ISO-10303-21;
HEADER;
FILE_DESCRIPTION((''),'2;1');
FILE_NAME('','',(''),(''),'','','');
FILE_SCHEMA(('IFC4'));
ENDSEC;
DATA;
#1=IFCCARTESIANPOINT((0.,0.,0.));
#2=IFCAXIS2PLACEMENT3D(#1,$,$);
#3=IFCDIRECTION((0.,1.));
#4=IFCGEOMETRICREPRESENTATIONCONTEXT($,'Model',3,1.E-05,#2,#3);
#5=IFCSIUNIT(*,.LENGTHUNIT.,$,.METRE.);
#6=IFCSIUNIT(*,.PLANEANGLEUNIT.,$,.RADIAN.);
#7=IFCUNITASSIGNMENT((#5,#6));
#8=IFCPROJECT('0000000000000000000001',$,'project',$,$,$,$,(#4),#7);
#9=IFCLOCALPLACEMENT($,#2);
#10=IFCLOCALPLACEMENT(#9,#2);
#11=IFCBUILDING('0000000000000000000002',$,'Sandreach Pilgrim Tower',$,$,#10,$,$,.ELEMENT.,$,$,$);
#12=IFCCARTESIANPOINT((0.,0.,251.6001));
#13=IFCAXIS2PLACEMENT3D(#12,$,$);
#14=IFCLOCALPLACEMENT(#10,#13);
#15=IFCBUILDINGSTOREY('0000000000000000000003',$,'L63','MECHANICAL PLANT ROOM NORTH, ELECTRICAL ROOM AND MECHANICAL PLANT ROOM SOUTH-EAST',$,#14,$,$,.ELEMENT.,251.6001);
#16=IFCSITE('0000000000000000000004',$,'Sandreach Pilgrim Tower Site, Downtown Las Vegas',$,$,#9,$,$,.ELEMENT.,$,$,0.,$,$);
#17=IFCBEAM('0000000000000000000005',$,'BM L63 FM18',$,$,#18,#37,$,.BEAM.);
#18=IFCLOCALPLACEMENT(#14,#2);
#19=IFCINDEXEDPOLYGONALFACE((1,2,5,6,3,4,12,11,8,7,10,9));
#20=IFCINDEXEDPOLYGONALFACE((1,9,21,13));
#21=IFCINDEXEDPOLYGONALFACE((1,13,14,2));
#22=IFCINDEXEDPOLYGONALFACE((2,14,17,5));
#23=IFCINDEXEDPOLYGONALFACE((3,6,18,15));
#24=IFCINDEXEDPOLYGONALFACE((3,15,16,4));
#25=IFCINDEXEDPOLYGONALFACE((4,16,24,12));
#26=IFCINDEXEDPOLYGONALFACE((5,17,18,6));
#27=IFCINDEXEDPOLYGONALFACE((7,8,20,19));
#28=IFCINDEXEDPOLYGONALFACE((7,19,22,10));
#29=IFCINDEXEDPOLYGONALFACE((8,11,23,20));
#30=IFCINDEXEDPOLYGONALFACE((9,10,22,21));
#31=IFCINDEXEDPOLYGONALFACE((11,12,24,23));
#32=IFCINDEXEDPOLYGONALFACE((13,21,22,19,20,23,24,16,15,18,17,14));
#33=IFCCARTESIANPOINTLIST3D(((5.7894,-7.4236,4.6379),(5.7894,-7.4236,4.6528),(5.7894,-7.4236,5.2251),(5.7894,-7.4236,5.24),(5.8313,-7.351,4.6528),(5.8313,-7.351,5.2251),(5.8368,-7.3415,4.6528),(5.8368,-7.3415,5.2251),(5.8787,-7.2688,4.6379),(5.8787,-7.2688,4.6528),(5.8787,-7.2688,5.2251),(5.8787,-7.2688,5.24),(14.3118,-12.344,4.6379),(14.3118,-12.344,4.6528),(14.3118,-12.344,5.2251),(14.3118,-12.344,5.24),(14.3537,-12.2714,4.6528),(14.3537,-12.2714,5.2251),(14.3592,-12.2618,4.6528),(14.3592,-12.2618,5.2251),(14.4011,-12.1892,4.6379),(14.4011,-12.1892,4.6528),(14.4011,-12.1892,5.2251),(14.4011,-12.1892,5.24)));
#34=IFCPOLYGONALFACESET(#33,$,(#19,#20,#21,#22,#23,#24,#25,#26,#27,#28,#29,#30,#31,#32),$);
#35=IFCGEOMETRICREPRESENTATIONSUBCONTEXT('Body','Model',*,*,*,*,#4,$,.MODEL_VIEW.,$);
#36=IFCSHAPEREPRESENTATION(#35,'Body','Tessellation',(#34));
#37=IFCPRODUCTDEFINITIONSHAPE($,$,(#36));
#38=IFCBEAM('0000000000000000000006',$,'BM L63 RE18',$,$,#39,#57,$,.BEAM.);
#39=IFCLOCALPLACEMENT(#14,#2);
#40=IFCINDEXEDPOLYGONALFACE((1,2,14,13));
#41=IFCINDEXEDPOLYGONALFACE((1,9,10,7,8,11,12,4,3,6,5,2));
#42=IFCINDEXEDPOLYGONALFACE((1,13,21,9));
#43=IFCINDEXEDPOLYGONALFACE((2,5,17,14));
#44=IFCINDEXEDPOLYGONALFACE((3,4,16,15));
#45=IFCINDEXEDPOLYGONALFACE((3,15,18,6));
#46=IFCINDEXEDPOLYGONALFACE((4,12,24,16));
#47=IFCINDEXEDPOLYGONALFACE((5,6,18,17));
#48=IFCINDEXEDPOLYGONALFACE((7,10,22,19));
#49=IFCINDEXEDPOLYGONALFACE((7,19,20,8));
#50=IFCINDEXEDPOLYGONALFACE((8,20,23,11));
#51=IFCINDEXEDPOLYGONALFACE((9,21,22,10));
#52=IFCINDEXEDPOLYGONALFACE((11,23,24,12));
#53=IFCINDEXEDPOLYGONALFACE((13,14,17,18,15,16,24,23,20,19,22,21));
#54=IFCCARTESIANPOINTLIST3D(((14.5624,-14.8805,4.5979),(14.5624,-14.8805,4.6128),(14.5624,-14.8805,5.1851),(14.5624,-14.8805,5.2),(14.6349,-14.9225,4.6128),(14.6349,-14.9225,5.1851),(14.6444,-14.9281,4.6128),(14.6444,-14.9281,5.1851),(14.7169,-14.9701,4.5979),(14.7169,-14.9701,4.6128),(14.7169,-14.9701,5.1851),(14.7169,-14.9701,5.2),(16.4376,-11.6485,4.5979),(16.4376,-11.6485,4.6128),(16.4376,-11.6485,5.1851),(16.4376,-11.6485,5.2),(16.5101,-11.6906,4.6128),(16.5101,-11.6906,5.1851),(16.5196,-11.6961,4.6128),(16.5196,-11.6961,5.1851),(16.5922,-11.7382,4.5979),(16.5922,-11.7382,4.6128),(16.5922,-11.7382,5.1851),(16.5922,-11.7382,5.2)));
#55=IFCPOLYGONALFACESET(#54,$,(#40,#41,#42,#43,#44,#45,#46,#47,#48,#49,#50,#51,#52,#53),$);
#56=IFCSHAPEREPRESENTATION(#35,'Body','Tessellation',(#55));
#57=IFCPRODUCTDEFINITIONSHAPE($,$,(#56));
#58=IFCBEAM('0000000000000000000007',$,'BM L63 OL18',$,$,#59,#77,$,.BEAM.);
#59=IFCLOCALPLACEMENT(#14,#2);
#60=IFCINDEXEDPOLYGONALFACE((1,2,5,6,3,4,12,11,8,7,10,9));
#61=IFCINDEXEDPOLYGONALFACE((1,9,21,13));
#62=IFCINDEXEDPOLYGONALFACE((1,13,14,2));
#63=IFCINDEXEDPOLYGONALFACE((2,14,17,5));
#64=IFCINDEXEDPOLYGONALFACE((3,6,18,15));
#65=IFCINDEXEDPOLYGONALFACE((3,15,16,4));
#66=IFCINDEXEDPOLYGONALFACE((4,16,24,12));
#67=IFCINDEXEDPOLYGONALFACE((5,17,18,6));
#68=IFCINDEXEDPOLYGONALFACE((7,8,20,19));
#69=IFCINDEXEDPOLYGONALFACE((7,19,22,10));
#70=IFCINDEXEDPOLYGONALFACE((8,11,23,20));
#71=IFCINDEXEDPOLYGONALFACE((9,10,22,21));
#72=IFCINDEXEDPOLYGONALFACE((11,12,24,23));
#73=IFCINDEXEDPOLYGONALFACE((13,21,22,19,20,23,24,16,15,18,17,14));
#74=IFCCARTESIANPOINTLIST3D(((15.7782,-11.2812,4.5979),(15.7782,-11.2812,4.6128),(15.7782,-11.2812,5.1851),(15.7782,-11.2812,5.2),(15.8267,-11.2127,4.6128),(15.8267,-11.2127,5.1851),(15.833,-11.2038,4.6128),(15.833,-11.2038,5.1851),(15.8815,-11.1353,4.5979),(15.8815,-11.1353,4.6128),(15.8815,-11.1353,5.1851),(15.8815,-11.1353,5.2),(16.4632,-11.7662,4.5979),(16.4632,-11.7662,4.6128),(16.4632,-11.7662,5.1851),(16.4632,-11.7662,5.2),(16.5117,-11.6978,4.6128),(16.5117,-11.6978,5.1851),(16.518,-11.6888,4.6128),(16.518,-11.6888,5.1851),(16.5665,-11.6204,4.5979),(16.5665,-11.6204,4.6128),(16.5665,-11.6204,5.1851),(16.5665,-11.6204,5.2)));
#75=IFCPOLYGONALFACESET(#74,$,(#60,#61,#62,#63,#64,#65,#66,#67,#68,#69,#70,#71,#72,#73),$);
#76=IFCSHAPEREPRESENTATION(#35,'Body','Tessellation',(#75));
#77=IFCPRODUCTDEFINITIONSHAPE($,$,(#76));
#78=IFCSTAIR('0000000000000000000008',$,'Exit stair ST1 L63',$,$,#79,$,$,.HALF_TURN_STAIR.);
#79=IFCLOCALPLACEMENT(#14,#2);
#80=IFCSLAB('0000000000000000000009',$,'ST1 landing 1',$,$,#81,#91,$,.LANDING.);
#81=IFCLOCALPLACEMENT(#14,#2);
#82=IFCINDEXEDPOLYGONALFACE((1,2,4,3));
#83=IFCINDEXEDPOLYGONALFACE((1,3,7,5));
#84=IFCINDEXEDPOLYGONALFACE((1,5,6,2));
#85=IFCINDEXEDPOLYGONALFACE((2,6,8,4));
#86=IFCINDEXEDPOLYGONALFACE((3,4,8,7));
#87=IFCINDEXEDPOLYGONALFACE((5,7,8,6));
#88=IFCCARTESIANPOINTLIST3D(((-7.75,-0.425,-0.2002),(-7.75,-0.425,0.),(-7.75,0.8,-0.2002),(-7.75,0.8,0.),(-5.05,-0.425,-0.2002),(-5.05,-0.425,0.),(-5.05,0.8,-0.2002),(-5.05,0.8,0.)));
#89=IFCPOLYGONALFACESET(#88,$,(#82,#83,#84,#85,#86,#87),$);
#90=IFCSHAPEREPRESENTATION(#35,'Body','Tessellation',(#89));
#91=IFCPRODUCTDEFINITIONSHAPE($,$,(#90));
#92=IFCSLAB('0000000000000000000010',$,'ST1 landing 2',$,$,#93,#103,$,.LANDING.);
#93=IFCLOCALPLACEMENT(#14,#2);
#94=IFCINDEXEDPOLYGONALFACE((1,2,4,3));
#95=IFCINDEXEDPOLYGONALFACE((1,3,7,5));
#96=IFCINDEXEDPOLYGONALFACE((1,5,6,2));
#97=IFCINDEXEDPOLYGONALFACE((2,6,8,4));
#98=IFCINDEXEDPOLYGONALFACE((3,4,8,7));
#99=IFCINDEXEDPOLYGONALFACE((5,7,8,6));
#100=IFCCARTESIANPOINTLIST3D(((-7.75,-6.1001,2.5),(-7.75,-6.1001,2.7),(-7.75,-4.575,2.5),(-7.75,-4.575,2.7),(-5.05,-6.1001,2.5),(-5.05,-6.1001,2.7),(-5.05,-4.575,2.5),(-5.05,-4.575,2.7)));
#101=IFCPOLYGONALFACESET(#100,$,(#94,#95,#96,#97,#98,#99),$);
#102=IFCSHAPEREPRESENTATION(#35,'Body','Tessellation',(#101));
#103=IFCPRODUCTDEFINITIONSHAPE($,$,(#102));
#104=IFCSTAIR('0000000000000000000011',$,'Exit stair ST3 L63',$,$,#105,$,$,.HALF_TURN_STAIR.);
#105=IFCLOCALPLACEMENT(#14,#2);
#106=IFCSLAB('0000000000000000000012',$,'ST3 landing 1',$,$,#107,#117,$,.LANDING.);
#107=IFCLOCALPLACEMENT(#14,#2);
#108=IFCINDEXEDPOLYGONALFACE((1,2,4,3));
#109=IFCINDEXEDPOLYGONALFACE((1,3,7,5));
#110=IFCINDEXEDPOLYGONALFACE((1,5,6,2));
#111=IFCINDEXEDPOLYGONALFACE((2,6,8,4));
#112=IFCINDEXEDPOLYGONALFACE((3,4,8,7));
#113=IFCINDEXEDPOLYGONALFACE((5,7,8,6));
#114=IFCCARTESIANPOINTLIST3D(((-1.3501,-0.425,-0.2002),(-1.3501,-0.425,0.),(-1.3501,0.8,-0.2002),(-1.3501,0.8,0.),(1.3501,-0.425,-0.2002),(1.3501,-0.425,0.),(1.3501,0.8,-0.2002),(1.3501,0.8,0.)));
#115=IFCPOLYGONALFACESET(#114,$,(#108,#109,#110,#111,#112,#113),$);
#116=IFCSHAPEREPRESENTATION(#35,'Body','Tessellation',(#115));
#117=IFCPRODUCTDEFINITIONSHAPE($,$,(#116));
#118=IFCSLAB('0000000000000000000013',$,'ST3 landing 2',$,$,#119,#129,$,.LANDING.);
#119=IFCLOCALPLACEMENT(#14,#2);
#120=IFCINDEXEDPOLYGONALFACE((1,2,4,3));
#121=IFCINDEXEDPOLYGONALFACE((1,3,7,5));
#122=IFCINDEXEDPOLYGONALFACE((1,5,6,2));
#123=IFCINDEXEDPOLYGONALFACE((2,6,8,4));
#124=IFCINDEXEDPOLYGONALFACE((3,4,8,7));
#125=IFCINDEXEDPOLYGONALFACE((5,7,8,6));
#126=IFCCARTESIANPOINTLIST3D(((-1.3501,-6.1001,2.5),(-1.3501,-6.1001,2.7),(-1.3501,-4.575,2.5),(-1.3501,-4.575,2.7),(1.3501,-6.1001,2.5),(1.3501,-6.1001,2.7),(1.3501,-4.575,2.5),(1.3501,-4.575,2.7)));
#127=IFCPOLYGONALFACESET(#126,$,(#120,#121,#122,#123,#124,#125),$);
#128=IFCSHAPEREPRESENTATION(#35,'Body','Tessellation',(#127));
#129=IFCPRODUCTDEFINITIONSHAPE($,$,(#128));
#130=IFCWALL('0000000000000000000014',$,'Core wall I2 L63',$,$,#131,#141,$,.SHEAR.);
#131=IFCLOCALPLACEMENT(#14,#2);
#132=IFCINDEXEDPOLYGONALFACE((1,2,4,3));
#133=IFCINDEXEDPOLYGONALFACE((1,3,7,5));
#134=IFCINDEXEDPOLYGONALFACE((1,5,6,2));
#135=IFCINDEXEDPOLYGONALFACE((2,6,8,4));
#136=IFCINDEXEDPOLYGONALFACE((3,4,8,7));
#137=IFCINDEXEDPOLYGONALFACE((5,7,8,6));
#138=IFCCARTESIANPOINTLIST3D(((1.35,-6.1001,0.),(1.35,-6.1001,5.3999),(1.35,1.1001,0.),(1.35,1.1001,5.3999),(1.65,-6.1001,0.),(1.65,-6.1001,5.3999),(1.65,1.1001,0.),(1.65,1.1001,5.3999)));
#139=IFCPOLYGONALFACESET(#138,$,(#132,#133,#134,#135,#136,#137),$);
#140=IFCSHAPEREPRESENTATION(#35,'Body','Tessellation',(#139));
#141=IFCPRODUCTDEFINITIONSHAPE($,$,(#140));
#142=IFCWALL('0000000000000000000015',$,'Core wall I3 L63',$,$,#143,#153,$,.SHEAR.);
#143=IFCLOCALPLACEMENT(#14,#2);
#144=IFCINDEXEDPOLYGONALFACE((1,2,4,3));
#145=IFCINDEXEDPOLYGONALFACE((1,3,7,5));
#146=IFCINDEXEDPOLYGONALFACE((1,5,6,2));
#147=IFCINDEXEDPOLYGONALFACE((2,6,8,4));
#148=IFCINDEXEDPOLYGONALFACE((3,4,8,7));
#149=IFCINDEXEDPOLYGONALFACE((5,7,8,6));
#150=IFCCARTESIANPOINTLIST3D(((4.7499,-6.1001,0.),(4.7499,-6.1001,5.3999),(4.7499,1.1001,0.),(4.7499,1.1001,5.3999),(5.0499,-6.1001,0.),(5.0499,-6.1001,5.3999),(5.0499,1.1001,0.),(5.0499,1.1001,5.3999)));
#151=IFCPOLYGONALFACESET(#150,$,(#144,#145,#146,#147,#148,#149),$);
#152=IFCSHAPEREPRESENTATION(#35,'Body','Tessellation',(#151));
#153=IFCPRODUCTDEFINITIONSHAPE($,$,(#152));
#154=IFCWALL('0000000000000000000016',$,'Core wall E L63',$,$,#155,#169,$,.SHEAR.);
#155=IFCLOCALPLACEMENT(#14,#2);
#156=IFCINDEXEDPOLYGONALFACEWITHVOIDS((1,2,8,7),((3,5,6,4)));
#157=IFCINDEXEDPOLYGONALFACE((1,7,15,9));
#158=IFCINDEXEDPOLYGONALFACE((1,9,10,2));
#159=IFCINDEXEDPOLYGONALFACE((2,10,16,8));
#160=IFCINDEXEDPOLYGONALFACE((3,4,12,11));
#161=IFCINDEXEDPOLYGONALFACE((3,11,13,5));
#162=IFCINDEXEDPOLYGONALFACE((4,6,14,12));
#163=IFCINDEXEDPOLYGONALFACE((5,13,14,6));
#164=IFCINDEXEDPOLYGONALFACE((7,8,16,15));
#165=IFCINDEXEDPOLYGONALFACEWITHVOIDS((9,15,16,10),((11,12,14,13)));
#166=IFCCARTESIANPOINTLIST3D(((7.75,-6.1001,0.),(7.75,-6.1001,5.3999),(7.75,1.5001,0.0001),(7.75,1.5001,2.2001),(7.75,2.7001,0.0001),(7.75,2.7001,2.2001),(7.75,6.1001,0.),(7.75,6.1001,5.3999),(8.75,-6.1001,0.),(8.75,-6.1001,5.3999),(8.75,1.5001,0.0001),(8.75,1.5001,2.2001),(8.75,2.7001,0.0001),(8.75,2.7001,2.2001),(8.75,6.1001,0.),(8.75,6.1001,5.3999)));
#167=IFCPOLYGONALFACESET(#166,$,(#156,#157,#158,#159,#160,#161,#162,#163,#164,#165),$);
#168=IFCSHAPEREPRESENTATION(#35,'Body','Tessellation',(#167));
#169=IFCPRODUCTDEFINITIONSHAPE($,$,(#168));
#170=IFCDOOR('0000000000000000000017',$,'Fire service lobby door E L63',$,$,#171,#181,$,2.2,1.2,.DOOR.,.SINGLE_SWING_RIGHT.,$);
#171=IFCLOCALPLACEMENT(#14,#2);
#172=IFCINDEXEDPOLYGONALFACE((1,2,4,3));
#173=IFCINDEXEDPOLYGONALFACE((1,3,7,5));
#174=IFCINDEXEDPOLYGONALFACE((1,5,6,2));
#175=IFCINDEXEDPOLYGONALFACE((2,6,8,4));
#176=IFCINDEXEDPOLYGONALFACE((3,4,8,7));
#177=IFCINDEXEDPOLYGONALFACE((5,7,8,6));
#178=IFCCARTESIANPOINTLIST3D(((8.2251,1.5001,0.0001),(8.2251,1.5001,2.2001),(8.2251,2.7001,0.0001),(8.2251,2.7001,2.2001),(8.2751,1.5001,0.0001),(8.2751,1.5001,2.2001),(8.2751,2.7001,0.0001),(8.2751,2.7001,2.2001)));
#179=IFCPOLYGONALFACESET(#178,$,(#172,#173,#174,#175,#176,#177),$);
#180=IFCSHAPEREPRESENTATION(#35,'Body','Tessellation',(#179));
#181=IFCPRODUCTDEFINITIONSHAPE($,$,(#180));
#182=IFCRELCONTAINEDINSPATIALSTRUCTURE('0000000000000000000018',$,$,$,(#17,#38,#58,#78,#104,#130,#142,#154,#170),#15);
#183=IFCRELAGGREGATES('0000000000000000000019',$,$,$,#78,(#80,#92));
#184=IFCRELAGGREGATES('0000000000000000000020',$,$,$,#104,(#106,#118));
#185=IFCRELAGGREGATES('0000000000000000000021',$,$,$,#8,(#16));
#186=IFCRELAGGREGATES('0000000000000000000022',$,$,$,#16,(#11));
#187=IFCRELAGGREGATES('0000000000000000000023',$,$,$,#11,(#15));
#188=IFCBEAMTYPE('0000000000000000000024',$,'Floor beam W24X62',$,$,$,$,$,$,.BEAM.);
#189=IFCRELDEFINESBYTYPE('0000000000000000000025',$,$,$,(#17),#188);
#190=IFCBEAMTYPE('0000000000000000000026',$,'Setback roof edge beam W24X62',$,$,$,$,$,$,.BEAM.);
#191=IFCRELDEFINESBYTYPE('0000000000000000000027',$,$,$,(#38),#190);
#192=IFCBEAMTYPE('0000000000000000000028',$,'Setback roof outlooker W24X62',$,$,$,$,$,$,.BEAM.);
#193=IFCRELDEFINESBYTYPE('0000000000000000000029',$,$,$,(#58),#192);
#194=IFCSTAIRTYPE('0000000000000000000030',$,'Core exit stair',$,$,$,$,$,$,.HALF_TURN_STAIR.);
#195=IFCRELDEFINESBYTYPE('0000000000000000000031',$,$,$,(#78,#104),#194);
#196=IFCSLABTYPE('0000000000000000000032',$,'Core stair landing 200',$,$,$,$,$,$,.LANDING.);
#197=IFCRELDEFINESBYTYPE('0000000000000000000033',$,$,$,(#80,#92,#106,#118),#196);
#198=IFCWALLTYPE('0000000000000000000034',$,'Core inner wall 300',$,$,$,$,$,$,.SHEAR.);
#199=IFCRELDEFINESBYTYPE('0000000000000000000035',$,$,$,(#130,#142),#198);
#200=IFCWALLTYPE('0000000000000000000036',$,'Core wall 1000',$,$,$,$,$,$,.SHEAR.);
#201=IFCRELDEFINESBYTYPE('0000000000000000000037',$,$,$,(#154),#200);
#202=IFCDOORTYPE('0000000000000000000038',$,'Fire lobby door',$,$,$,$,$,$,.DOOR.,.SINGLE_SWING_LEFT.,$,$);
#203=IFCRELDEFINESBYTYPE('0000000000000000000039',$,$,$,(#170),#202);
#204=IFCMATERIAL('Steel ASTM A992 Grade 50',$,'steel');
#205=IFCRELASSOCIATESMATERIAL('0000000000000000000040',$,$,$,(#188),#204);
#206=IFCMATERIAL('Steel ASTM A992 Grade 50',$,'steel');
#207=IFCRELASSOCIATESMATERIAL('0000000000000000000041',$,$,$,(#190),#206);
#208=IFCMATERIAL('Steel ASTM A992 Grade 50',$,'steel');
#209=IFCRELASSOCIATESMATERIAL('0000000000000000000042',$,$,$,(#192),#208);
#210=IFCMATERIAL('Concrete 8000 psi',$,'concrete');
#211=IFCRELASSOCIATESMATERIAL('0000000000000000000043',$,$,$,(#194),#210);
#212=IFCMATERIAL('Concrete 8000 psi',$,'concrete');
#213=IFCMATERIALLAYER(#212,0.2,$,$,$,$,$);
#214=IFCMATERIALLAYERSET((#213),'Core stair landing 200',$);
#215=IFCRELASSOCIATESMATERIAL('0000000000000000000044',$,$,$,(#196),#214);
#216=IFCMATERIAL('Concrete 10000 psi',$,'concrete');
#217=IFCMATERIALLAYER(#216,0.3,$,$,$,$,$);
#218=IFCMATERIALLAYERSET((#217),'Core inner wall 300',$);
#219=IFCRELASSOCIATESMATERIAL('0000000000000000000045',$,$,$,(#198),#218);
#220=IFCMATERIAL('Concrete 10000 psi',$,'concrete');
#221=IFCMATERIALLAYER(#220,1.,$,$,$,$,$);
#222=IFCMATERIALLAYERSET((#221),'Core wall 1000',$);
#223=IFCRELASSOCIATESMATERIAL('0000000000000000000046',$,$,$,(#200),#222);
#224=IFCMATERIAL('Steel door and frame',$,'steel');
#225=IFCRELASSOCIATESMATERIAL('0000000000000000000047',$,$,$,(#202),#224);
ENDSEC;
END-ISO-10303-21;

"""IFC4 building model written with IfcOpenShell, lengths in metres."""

from ifc_helpers import new_model, si_unit, direction, frame, frame_2d, origin, origin_2d, place, context, subcontext, project, spatial, polyline, rectangle, i_section, outline, extrude, material, layer, layer_set, material_profile, profile_set, type_object, element, fill, aggregate, save


model = new_model("IFC4")

# Units and contexts
model_context = context("Model", 3, precision=1e-05, world=origin(), true_north=direction((0.0, 1.0)))
body_context = subcontext(model_context, "Body", "Model", "MODEL_VIEW")
ifc_project = project(units=[si_unit("LENGTHUNIT", "METRE"), si_unit("PLANEANGLEUNIT", "RADIAN")], contexts=[model_context])

# Site, building, storey
site_placement = place(None, origin())
site = spatial("IfcSite", under=ifc_project, at=site_placement, Name="Sandreach Pilgrim Tower Site, Downtown Las Vegas", CompositionType="ELEMENT", RefElevation=0.0)
building_placement = place(site_placement, origin())
building = spatial("IfcBuilding", under=site, at=building_placement, Name="Sandreach Pilgrim Tower", CompositionType="ELEMENT")
storey_placement = place(building_placement, frame((0.0, 0.0, 251.6001)))
storey = spatial("IfcBuildingStorey", under=building, at=storey_placement, Name="L63", Description="MECHANICAL PLANT ROOM NORTH, ELECTRICAL ROOM AND MECHANICAL PLANT ROOM SOUTH-EAST", CompositionType="ELEMENT", Elevation=251.6001)

# Beams
ifc_material_1 = material(Name="Steel ASTM A992 Grade 50", Category="steel")
ifc_material_profile_1 = material_profile(ifc_material_1, i_section(OverallWidth=0.1787, OverallDepth=0.6021, WebThickness=0.011, FlangeThickness=0.0149, at=origin_2d()), Name="W24X62")
ifc_profile_set_1 = profile_set([ifc_material_profile_1], Name="Steel ASTM A992 Grade 50")
beam_type_1 = type_object("IfcBeamType", Name="Floor beam W24X62", PredefinedType="BEAM", material=ifc_profile_set_1)
beam_1_placement = place(storey_placement, frame((14.3564, -12.2666, 4.939), z_axis=(-0.866027, 0.499997, 0.0), x_axis=(-0.499997, -0.866027, 0.0)))
element("IfcBeam", 1, at=beam_1_placement, inside=storey, type_object=beam_type_1, Name="BM L63 FM18", PredefinedType="BEAM", context=body_context, shape_type="SweptSolid", body=[
    extrude(i_section(OverallWidth=0.1787, OverallDepth=0.6021, WebThickness=0.011, FlangeThickness=0.0149, at=origin_2d()), origin(), (0.0, 0.0, 1.0), 9.8408),
])
ifc_material_2 = material(Name="Steel ASTM A992 Grade 50", Category="steel")
ifc_material_profile_2 = material_profile(ifc_material_2, i_section(OverallWidth=0.1787, OverallDepth=0.6021, WebThickness=0.011, FlangeThickness=0.0149, at=origin_2d()), Name="W24X62")
ifc_profile_set_2 = profile_set([ifc_material_profile_2], Name="Steel ASTM A992 Grade 50")
beam_type_2 = type_object("IfcBeamType", Name="Setback roof edge beam W24X62", PredefinedType="BEAM", material=ifc_profile_set_2)
beam_2_placement = place(storey_placement, frame((16.5149, -11.6934, 4.8989), z_axis=(-0.501863, -0.864947, 0.0), x_axis=(0.864947, -0.501863, 0.0)))
element("IfcBeam", 2, at=beam_2_placement, inside=storey, type_object=beam_type_2, Name="BM L63 RE18", PredefinedType="BEAM", context=body_context, shape_type="SweptSolid", body=[
    extrude(i_section(OverallWidth=0.1787, OverallDepth=0.6021, WebThickness=0.011, FlangeThickness=0.0149, at=origin_2d()), origin(), (0.0, 0.0, 1.0), 3.7366),
])
ifc_material_3 = material(Name="Steel ASTM A992 Grade 50", Category="steel")
ifc_material_profile_3 = material_profile(ifc_material_3, i_section(OverallWidth=0.1787, OverallDepth=0.6021, WebThickness=0.011, FlangeThickness=0.0149, at=origin_2d()), Name="W24X62")
ifc_profile_set_3 = profile_set([ifc_material_profile_3], Name="Steel ASTM A992 Grade 50")
beam_type_3 = type_object("IfcBeamType", Name="Setback roof outlooker W24X62", PredefinedType="BEAM", material=ifc_profile_set_3)
beam_3_placement = place(storey_placement, frame((15.8298, -11.2083, 4.8989), z_axis=(0.816104, -0.577904, 0.0), x_axis=(0.577904, 0.816104, 0.0)))
element("IfcBeam", 3, at=beam_3_placement, inside=storey, type_object=beam_type_3, Name="BM L63 OL18", PredefinedType="BEAM", context=body_context, shape_type="SweptSolid", body=[
    extrude(i_section(OverallWidth=0.1787, OverallDepth=0.6021, WebThickness=0.011, FlangeThickness=0.0149, at=origin_2d()), origin(), (0.0, 0.0, 1.0), 0.8394),
])

# Stairs, slabs
ifc_material_4 = material(Name="Concrete 8000 psi", Category="concrete")
stair_type = type_object("IfcStairType", Name="Core exit stair", PredefinedType="HALF_TURN_STAIR", material=ifc_material_4)
stair_1_placement = place(storey_placement, origin())
stair_1 = element("IfcStair", 4, at=stair_1_placement, inside=storey, type_object=stair_type, Name="Exit stair ST1 L63", PredefinedType="HALF_TURN_STAIR")
ifc_material_5 = material(Name="Concrete 8000 psi", Category="concrete")
ifc_layer_1 = layer(ifc_material_5, 0.2)
ifc_layer_set_1 = layer_set([ifc_layer_1], Name="Core stair landing 200")
slab_type = type_object("IfcSlabType", Name="Core stair landing 200", PredefinedType="LANDING", material=ifc_layer_set_1)
slab_1_placement = place(storey_placement, frame((0.0, 0.0, -0.2002)))
slab_1 = element("IfcSlab", 5, at=slab_1_placement, type_object=slab_type, Name="ST1 landing 1", PredefinedType="LANDING", context=body_context, shape_type="SweptSolid", body=[
    extrude(outline(polyline([(-7.75, -0.425), (-5.05, -0.425), (-5.05, 0.8), (-7.75, 0.8), (-7.75, -0.425)])), origin(), (0.0, 0.0, 1.0), 0.2002),
])
slab_2_placement = place(storey_placement, frame((0.0, 0.0, 2.5)))
slab_2 = element("IfcSlab", 6, at=slab_2_placement, type_object=slab_type, Name="ST1 landing 2", PredefinedType="LANDING", context=body_context, shape_type="SweptSolid", body=[
    extrude(outline(polyline([(-7.75, -6.1001), (-5.05, -6.1001), (-5.05, -4.575), (-7.75, -4.575), (-7.75, -6.1001)])), origin(), (0.0, 0.0, 1.0), 0.2),
])
aggregate(stair_1, [slab_1, slab_2])
stair_2_placement = place(storey_placement, origin())
stair_2 = element("IfcStair", 7, at=stair_2_placement, inside=storey, type_object=stair_type, Name="Exit stair ST3 L63", PredefinedType="HALF_TURN_STAIR")
slab_3_placement = place(storey_placement, frame((0.0, 0.0, -0.2002)))
slab_3 = element("IfcSlab", 8, at=slab_3_placement, type_object=slab_type, Name="ST3 landing 1", PredefinedType="LANDING", context=body_context, shape_type="SweptSolid", body=[
    extrude(outline(polyline([(-1.3501, -0.425), (1.3501, -0.425), (1.3501, 0.8), (-1.3501, 0.8), (-1.3501, -0.425)])), origin(), (0.0, 0.0, 1.0), 0.2002),
])
slab_4_placement = place(storey_placement, frame((0.0, 0.0, 2.5)))
slab_4 = element("IfcSlab", 9, at=slab_4_placement, type_object=slab_type, Name="ST3 landing 2", PredefinedType="LANDING", context=body_context, shape_type="SweptSolid", body=[
    extrude(outline(polyline([(-1.3501, -6.1001), (1.3501, -6.1001), (1.3501, -4.575), (-1.3501, -4.575), (-1.3501, -6.1001)])), origin(), (0.0, 0.0, 1.0), 0.2),
])

# Walls
ifc_material_6 = material(Name="Concrete 10000 psi", Category="concrete")
ifc_layer_2 = layer(ifc_material_6, 0.3)
ifc_layer_set_2 = layer_set([ifc_layer_2], Name="Core inner wall 300")
wall_type_1 = type_object("IfcWallType", Name="Core inner wall 300", PredefinedType="SHEAR", material=ifc_layer_set_2)
for number, where, z_axis, x_axis, name in (
    (10, (1.5, -6.1001, 0.0), (0.0, 0.0, 1.0), (0.0, 1.0, 0.0), "Core wall I2 L63"),
    (11, (4.8999, -6.1001, 0.0), (0.0, 0.0, 1.0), (0.0, 1.0, 0.0), "Core wall I3 L63"),
):
    element("IfcWall", number, at=place(storey_placement, frame(where, z_axis=z_axis, x_axis=x_axis)), inside=storey, type_object=wall_type_1, Name=name, PredefinedType="SHEAR", context=body_context, shape_type="SweptSolid", body=[
        extrude(rectangle(XDim=7.2002, YDim=0.3, at=frame_2d((3.6001, 0.0))), origin(), (0.0, 0.0, 1.0), 5.3999),
    ])

# Wall, opening, door
ifc_material_7 = material(Name="Concrete 10000 psi", Category="concrete")
ifc_layer_3 = layer(ifc_material_7, 1.0)
ifc_layer_set_3 = layer_set([ifc_layer_3], Name="Core wall 1000")
wall_type_2 = type_object("IfcWallType", Name="Core wall 1000", PredefinedType="SHEAR", material=ifc_layer_set_3)
wall_1_placement = place(storey_placement, frame((8.25, -6.1001, 0.0), z_axis=(0.0, 0.0, 1.0), x_axis=(0.0, 1.0, 0.0)))
wall_1 = element("IfcWall", 12, at=wall_1_placement, inside=storey, type_object=wall_type_2, Name="Core wall E L63", PredefinedType="SHEAR", context=body_context, shape_type="SweptSolid", body=[
    extrude(rectangle(XDim=12.2002, YDim=1.0, at=frame_2d((6.1001, 0.0))), origin(), (0.0, 0.0, 1.0), 5.3999),
])
opening_1_placement = place(wall_1_placement, frame((7.6001, 0.0, 0.0)))
opening_1 = element("IfcOpeningElement", 13, at=opening_1_placement, cuts=wall_1, PredefinedType="OPENING", context=body_context, shape_type="SweptSolid", body=[
    extrude(rectangle(XDim=1.2, YDim=2.2, at=frame_2d((0.6001, 1.1001))), frame((0.0, 0.5, 0.0), z_axis=(0.0, -1.0, 0.0), x_axis=(1.0, 0.0, 0.0)), (0.0, 0.0, 1.0), 1.0),
])
ifc_material_8 = material(Name="Steel door and frame", Category="steel")
door_type_1 = type_object("IfcDoorType", Name="Fire lobby door", OperationType="SINGLE_SWING_LEFT", PredefinedType="DOOR", material=ifc_material_8)
door_1_placement = place(opening_1_placement, origin())
door_1 = element("IfcDoor", 14, at=door_1_placement, inside=storey, type_object=door_type_1, Name="Fire service lobby door E L63", OperationType="SINGLE_SWING_RIGHT", OverallHeight=2.2, OverallWidth=1.2, PredefinedType="DOOR", context=body_context, shape_type="SweptSolid", body=[
    extrude(rectangle(XDim=1.2, YDim=2.2, at=frame_2d((0.6001, 1.1001))), frame((0.0, 0.0249, 0.0), z_axis=(0.0, -1.0, 0.0), x_axis=(1.0, 0.0, 0.0)), (0.0, 0.0, 1.0), 0.05),
])
fill(opening_1, door_1)

aggregate(stair_2, [slab_3, slab_4])

save(model, "model.ifc")
